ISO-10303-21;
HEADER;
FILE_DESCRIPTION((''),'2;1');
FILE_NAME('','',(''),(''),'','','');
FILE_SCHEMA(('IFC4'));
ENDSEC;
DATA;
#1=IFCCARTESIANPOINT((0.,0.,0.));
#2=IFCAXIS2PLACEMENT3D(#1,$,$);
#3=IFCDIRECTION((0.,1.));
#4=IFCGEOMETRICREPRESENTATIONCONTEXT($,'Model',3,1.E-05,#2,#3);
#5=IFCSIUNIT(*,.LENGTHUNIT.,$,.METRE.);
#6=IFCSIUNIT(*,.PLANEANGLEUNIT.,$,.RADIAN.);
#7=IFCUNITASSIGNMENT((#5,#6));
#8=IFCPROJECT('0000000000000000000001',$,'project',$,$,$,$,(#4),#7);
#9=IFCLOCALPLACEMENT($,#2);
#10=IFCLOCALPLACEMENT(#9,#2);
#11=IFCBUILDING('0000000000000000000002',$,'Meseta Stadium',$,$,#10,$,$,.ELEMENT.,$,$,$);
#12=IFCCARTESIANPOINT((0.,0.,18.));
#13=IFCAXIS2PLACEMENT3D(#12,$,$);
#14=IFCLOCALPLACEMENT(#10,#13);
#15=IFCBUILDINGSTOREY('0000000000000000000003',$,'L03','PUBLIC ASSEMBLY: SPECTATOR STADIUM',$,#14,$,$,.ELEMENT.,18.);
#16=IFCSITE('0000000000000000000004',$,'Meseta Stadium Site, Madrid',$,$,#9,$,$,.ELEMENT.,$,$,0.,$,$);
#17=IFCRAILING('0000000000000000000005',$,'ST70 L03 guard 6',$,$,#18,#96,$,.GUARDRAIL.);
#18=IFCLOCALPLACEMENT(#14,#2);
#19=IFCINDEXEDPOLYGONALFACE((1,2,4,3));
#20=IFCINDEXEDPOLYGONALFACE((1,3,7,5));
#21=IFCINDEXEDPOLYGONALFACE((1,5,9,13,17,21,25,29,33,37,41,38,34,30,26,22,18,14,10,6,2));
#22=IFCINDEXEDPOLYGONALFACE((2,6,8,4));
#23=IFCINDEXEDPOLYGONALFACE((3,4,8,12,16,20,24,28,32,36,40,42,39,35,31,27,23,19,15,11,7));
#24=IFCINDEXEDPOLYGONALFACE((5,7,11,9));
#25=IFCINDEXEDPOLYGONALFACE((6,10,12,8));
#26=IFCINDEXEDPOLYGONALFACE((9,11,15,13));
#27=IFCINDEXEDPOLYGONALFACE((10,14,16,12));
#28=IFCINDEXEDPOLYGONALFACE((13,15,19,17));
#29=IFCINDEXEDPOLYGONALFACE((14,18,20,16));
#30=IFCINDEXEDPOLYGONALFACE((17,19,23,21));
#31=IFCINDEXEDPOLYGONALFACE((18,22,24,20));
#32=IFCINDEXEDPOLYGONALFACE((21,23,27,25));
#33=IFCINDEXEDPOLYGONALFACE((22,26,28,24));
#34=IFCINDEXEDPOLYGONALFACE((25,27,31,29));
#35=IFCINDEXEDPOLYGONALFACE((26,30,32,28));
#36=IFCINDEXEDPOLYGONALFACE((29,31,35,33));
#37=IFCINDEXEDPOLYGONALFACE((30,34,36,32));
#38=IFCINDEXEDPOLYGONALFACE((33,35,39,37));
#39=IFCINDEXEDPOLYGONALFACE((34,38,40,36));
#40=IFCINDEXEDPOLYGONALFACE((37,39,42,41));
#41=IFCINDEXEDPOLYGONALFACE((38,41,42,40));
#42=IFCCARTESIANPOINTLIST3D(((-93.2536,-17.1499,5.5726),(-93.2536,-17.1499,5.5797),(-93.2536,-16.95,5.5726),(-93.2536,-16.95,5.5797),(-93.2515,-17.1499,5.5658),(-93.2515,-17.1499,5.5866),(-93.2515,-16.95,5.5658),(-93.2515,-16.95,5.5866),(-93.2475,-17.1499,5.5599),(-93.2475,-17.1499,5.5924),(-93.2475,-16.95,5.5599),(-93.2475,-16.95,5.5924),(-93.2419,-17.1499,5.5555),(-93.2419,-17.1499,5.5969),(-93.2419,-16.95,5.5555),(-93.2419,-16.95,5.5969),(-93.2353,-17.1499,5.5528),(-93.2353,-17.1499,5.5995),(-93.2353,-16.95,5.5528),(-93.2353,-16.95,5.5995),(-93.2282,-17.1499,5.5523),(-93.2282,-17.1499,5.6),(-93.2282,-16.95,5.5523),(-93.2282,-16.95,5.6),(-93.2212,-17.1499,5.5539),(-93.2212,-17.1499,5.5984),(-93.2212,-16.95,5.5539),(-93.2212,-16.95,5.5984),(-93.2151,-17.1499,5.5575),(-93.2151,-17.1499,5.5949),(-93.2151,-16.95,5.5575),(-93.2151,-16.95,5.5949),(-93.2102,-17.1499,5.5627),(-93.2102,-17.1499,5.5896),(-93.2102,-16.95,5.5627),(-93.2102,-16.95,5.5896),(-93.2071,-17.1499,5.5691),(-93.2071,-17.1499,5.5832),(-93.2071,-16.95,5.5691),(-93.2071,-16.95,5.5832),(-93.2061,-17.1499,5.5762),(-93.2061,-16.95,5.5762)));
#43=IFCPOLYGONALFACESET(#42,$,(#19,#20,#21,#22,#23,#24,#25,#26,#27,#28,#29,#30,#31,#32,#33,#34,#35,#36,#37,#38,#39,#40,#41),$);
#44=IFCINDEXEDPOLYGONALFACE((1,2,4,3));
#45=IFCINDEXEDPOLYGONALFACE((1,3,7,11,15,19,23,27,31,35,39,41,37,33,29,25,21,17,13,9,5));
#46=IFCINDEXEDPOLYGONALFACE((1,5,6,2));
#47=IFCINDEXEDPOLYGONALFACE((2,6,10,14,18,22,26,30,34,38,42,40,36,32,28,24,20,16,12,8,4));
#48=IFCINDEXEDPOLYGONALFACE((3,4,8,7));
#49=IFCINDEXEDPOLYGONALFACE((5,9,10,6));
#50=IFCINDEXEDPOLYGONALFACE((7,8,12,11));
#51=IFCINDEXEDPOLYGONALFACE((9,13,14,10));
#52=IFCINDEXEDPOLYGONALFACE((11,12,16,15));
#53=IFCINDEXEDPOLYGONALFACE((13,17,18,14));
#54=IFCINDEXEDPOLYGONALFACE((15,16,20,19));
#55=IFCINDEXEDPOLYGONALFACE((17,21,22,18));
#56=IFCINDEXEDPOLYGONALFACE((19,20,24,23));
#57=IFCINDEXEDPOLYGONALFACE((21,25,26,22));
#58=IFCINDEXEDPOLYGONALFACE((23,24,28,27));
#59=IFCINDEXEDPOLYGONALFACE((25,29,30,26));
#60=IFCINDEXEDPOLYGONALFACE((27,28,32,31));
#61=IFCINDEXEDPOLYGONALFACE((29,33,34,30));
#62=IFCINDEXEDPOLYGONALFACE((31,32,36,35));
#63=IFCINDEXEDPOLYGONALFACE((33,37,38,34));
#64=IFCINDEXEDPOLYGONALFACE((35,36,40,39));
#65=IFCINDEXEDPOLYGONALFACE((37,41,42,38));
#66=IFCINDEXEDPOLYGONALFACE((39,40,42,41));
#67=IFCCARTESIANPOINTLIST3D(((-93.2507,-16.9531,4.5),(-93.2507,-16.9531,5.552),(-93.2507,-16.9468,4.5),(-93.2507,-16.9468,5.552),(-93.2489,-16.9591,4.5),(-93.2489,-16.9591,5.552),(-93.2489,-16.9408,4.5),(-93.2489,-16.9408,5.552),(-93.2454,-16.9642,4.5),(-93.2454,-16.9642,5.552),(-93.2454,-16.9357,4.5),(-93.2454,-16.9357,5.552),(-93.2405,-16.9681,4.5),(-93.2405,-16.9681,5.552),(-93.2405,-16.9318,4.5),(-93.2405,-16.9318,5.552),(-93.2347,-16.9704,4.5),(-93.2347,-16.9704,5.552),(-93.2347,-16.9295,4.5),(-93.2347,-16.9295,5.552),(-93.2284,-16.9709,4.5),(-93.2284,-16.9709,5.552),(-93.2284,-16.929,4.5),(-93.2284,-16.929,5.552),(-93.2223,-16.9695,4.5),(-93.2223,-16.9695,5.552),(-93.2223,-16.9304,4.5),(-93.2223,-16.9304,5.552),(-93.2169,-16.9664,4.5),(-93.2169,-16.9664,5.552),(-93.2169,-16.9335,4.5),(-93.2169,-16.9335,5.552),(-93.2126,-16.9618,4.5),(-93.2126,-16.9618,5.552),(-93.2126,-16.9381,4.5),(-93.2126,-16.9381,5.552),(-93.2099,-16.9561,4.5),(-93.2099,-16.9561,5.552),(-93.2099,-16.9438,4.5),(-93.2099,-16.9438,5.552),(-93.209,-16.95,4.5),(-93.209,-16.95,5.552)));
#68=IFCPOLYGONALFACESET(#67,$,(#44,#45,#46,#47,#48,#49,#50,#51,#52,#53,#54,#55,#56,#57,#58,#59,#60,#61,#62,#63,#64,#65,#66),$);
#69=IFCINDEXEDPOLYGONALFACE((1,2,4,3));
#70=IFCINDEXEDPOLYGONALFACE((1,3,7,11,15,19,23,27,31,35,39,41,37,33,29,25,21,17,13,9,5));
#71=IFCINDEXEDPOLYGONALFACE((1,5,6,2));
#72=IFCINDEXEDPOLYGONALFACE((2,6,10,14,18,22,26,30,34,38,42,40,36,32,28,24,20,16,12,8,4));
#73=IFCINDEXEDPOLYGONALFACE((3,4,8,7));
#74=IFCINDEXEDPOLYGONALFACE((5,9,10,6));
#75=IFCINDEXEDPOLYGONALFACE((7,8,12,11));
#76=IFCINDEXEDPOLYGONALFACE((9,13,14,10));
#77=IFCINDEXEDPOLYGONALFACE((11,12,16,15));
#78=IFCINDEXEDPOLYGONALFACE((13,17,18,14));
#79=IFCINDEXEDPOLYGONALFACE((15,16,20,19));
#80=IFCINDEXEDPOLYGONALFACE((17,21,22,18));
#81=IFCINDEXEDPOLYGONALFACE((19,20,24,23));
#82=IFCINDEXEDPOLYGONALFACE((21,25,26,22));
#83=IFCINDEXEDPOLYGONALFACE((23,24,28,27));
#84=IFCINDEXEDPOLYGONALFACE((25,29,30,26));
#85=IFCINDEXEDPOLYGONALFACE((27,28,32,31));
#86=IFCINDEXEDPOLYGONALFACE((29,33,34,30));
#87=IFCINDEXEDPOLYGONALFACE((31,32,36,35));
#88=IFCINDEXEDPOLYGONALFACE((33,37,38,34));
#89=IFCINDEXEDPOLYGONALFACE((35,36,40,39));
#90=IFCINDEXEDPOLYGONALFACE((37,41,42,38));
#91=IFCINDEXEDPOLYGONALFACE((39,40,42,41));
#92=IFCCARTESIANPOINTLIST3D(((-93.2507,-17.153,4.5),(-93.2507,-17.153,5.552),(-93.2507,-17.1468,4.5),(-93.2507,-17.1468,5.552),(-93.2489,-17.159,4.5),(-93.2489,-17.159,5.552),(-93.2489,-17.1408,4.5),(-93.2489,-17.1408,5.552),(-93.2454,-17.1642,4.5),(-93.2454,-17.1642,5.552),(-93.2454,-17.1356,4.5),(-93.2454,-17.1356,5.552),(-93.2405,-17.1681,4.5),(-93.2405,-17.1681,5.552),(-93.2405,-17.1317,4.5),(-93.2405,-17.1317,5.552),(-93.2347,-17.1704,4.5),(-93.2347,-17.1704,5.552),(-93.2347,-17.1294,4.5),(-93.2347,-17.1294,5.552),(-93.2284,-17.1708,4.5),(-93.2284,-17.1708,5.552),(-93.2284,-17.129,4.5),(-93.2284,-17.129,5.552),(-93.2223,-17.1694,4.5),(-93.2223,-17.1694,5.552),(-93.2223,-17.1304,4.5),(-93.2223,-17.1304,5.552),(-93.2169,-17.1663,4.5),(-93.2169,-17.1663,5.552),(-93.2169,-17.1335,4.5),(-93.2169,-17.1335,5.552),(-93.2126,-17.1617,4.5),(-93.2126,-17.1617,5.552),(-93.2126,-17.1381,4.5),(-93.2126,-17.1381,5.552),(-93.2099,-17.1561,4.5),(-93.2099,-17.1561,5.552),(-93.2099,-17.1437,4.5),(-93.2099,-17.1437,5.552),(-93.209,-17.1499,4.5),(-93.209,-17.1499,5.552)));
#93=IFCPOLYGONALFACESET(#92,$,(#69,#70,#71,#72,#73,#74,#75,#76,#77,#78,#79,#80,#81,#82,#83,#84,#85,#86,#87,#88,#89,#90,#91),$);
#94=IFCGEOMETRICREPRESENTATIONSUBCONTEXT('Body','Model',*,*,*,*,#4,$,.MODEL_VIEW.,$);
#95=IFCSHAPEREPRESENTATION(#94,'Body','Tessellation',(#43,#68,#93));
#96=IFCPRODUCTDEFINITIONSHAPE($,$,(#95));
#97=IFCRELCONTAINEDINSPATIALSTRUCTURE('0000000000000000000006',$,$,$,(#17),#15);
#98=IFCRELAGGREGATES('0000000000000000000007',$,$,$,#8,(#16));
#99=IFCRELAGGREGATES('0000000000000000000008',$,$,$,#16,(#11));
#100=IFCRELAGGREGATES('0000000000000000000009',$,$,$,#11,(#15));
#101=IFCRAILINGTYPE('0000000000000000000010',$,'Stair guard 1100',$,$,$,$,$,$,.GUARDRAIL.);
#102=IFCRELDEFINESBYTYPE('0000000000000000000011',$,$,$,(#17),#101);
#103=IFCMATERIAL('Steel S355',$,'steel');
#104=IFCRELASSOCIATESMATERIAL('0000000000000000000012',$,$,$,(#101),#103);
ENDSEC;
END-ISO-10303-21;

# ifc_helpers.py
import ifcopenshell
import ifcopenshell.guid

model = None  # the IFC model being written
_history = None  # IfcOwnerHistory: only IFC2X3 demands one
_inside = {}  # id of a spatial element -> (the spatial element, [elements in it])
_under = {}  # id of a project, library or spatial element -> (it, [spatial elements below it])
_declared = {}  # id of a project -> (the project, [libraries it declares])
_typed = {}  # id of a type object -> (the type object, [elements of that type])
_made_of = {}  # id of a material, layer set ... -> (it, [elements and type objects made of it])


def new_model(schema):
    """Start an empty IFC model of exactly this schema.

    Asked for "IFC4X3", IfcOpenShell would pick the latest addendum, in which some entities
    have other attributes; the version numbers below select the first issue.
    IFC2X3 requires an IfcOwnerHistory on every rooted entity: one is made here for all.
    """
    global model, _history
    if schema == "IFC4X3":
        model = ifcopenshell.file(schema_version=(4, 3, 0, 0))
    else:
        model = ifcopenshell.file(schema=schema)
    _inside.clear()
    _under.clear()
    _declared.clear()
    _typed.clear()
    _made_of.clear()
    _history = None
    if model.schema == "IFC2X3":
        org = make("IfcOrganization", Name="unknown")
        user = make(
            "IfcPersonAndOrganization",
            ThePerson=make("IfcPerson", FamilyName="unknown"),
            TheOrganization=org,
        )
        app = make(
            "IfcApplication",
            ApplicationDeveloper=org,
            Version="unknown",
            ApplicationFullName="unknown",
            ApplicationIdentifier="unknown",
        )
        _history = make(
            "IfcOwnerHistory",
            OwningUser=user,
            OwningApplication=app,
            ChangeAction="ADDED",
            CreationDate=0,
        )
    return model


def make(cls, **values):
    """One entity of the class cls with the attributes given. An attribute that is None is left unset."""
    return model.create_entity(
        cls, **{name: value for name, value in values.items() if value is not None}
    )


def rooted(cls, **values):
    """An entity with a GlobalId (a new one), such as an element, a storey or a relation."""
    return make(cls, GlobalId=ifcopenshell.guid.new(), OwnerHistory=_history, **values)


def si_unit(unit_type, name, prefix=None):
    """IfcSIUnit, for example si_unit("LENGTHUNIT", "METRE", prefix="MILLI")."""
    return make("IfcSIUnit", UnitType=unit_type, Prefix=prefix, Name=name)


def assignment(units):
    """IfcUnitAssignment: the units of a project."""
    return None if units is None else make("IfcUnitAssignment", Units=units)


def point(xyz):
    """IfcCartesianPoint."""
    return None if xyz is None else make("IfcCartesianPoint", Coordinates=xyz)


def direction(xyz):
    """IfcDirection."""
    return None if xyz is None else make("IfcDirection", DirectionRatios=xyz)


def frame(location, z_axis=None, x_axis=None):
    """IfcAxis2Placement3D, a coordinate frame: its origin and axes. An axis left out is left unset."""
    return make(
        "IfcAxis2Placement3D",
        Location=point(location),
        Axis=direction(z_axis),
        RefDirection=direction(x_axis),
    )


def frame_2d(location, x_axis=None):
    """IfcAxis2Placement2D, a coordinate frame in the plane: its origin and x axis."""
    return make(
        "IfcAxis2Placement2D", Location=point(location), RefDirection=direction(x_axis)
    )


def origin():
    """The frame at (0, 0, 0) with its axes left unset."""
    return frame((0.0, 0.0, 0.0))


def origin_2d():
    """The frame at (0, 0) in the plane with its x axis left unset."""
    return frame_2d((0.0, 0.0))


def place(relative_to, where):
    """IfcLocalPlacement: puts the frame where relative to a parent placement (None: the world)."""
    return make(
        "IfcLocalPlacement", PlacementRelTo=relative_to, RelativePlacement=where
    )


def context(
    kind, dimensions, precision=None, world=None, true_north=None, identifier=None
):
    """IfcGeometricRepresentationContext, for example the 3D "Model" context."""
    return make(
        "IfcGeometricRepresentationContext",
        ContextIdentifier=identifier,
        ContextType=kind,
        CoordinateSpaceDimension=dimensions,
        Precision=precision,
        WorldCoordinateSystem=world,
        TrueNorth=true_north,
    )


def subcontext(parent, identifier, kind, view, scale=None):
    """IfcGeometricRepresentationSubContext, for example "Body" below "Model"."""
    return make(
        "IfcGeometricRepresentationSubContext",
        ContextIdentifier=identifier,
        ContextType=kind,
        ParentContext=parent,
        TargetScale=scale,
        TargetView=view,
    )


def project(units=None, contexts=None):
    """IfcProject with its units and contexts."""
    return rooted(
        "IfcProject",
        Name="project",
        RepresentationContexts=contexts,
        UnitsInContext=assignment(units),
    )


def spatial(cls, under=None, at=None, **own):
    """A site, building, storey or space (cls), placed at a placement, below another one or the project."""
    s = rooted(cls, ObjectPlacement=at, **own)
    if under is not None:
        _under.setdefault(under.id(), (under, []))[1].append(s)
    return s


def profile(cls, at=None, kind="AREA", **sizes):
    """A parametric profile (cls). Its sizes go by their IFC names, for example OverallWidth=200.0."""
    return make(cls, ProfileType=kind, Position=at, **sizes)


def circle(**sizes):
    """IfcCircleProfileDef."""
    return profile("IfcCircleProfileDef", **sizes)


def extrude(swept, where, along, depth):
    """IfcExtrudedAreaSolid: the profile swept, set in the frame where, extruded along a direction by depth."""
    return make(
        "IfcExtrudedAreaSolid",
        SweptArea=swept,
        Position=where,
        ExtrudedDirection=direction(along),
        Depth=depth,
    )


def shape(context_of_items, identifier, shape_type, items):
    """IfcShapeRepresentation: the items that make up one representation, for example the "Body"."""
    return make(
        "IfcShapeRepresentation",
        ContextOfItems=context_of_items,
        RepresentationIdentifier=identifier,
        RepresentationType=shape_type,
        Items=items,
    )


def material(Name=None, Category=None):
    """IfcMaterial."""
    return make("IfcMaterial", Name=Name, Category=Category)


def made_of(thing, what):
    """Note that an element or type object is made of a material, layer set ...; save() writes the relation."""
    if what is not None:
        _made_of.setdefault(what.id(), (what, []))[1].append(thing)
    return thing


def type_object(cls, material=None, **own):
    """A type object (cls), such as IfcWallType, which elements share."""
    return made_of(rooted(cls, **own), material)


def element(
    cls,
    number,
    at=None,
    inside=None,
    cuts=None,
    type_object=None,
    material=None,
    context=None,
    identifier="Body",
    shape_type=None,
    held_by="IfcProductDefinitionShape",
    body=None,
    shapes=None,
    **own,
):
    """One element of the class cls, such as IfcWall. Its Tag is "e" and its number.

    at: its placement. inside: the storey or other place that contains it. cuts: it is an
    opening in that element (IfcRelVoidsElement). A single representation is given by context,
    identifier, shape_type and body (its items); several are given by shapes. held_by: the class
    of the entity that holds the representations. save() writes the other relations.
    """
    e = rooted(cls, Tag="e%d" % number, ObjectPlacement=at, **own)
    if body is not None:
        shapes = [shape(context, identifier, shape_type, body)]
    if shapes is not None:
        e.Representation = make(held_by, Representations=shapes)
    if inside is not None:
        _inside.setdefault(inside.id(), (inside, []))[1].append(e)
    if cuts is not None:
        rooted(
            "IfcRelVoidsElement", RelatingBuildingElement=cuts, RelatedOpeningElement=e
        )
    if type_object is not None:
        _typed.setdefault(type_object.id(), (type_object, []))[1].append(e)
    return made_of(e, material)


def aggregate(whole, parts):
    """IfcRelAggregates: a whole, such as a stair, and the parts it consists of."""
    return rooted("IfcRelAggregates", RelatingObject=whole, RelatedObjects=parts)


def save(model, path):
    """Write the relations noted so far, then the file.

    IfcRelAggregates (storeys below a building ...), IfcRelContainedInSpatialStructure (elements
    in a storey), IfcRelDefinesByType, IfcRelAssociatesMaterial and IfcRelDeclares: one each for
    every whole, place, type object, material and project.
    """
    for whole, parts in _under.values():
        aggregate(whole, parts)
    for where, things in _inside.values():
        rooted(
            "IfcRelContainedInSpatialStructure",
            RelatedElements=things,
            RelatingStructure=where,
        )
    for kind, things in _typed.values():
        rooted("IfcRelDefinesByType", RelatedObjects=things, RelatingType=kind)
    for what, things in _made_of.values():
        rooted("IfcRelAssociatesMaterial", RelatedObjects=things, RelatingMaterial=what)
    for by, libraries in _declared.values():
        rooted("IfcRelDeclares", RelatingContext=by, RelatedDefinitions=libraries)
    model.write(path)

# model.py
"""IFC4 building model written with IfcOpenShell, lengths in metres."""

from ifc_helpers import new_model, si_unit, direction, frame, origin, origin_2d, place, context, subcontext, project, spatial, circle, extrude, material, type_object, element, save


model = new_model("IFC4")

# Units and contexts
model_context = context("Model", 3, precision=1e-05, world=origin(), true_north=direction((0.0, 1.0)))
body_context = subcontext(model_context, "Body", "Model", "MODEL_VIEW")
ifc_project = project(units=[si_unit("LENGTHUNIT", "METRE"), si_unit("PLANEANGLEUNIT", "RADIAN")], contexts=[model_context])

# Site, building, storey
site_placement = place(None, origin())
site = spatial("IfcSite", under=ifc_project, at=site_placement, Name="Meseta Stadium Site, Madrid", CompositionType="ELEMENT", RefElevation=0.0)
building_placement = place(site_placement, origin())
building = spatial("IfcBuilding", under=site, at=building_placement, Name="Meseta Stadium", CompositionType="ELEMENT")
storey_placement = place(building_placement, frame((0.0, 0.0, 18.0)))
storey = spatial("IfcBuildingStorey", under=building, at=storey_placement, Name="L03", Description="PUBLIC ASSEMBLY: SPECTATOR STADIUM", CompositionType="ELEMENT", Elevation=18.0)

# Railing
ifc_material_1 = material(Name="Steel S355", Category="steel")
railing_type_1 = type_object("IfcRailingType", Name="Stair guard 1100", PredefinedType="GUARDRAIL", material=ifc_material_1)
railing_1_placement = place(storey_placement, frame((-93.23, -16.95, 4.5)))
element("IfcRailing", 1, at=railing_1_placement, inside=storey, type_object=railing_type_1, Name="ST70 L03 guard 6", PredefinedType="GUARDRAIL", context=body_context, shape_type="SweptSolid", body=[
    extrude(circle(Radius=0.0239, at=origin_2d()), frame((0.0, 0.0, 1.0762), z_axis=(0.0, -1.0, 0.0), x_axis=(1.0, 0.0, 0.0)), (0.0, 0.0, 1.0), 0.2),
    extrude(circle(Radius=0.021, at=origin_2d()), origin(), (0.0, 0.0, 1.0), 1.052),
    extrude(circle(Radius=0.021, at=origin_2d()), frame((0.0, -0.2, 0.0)), (0.0, 0.0, 1.0), 1.052),
])

save(model, "model.ifc")
